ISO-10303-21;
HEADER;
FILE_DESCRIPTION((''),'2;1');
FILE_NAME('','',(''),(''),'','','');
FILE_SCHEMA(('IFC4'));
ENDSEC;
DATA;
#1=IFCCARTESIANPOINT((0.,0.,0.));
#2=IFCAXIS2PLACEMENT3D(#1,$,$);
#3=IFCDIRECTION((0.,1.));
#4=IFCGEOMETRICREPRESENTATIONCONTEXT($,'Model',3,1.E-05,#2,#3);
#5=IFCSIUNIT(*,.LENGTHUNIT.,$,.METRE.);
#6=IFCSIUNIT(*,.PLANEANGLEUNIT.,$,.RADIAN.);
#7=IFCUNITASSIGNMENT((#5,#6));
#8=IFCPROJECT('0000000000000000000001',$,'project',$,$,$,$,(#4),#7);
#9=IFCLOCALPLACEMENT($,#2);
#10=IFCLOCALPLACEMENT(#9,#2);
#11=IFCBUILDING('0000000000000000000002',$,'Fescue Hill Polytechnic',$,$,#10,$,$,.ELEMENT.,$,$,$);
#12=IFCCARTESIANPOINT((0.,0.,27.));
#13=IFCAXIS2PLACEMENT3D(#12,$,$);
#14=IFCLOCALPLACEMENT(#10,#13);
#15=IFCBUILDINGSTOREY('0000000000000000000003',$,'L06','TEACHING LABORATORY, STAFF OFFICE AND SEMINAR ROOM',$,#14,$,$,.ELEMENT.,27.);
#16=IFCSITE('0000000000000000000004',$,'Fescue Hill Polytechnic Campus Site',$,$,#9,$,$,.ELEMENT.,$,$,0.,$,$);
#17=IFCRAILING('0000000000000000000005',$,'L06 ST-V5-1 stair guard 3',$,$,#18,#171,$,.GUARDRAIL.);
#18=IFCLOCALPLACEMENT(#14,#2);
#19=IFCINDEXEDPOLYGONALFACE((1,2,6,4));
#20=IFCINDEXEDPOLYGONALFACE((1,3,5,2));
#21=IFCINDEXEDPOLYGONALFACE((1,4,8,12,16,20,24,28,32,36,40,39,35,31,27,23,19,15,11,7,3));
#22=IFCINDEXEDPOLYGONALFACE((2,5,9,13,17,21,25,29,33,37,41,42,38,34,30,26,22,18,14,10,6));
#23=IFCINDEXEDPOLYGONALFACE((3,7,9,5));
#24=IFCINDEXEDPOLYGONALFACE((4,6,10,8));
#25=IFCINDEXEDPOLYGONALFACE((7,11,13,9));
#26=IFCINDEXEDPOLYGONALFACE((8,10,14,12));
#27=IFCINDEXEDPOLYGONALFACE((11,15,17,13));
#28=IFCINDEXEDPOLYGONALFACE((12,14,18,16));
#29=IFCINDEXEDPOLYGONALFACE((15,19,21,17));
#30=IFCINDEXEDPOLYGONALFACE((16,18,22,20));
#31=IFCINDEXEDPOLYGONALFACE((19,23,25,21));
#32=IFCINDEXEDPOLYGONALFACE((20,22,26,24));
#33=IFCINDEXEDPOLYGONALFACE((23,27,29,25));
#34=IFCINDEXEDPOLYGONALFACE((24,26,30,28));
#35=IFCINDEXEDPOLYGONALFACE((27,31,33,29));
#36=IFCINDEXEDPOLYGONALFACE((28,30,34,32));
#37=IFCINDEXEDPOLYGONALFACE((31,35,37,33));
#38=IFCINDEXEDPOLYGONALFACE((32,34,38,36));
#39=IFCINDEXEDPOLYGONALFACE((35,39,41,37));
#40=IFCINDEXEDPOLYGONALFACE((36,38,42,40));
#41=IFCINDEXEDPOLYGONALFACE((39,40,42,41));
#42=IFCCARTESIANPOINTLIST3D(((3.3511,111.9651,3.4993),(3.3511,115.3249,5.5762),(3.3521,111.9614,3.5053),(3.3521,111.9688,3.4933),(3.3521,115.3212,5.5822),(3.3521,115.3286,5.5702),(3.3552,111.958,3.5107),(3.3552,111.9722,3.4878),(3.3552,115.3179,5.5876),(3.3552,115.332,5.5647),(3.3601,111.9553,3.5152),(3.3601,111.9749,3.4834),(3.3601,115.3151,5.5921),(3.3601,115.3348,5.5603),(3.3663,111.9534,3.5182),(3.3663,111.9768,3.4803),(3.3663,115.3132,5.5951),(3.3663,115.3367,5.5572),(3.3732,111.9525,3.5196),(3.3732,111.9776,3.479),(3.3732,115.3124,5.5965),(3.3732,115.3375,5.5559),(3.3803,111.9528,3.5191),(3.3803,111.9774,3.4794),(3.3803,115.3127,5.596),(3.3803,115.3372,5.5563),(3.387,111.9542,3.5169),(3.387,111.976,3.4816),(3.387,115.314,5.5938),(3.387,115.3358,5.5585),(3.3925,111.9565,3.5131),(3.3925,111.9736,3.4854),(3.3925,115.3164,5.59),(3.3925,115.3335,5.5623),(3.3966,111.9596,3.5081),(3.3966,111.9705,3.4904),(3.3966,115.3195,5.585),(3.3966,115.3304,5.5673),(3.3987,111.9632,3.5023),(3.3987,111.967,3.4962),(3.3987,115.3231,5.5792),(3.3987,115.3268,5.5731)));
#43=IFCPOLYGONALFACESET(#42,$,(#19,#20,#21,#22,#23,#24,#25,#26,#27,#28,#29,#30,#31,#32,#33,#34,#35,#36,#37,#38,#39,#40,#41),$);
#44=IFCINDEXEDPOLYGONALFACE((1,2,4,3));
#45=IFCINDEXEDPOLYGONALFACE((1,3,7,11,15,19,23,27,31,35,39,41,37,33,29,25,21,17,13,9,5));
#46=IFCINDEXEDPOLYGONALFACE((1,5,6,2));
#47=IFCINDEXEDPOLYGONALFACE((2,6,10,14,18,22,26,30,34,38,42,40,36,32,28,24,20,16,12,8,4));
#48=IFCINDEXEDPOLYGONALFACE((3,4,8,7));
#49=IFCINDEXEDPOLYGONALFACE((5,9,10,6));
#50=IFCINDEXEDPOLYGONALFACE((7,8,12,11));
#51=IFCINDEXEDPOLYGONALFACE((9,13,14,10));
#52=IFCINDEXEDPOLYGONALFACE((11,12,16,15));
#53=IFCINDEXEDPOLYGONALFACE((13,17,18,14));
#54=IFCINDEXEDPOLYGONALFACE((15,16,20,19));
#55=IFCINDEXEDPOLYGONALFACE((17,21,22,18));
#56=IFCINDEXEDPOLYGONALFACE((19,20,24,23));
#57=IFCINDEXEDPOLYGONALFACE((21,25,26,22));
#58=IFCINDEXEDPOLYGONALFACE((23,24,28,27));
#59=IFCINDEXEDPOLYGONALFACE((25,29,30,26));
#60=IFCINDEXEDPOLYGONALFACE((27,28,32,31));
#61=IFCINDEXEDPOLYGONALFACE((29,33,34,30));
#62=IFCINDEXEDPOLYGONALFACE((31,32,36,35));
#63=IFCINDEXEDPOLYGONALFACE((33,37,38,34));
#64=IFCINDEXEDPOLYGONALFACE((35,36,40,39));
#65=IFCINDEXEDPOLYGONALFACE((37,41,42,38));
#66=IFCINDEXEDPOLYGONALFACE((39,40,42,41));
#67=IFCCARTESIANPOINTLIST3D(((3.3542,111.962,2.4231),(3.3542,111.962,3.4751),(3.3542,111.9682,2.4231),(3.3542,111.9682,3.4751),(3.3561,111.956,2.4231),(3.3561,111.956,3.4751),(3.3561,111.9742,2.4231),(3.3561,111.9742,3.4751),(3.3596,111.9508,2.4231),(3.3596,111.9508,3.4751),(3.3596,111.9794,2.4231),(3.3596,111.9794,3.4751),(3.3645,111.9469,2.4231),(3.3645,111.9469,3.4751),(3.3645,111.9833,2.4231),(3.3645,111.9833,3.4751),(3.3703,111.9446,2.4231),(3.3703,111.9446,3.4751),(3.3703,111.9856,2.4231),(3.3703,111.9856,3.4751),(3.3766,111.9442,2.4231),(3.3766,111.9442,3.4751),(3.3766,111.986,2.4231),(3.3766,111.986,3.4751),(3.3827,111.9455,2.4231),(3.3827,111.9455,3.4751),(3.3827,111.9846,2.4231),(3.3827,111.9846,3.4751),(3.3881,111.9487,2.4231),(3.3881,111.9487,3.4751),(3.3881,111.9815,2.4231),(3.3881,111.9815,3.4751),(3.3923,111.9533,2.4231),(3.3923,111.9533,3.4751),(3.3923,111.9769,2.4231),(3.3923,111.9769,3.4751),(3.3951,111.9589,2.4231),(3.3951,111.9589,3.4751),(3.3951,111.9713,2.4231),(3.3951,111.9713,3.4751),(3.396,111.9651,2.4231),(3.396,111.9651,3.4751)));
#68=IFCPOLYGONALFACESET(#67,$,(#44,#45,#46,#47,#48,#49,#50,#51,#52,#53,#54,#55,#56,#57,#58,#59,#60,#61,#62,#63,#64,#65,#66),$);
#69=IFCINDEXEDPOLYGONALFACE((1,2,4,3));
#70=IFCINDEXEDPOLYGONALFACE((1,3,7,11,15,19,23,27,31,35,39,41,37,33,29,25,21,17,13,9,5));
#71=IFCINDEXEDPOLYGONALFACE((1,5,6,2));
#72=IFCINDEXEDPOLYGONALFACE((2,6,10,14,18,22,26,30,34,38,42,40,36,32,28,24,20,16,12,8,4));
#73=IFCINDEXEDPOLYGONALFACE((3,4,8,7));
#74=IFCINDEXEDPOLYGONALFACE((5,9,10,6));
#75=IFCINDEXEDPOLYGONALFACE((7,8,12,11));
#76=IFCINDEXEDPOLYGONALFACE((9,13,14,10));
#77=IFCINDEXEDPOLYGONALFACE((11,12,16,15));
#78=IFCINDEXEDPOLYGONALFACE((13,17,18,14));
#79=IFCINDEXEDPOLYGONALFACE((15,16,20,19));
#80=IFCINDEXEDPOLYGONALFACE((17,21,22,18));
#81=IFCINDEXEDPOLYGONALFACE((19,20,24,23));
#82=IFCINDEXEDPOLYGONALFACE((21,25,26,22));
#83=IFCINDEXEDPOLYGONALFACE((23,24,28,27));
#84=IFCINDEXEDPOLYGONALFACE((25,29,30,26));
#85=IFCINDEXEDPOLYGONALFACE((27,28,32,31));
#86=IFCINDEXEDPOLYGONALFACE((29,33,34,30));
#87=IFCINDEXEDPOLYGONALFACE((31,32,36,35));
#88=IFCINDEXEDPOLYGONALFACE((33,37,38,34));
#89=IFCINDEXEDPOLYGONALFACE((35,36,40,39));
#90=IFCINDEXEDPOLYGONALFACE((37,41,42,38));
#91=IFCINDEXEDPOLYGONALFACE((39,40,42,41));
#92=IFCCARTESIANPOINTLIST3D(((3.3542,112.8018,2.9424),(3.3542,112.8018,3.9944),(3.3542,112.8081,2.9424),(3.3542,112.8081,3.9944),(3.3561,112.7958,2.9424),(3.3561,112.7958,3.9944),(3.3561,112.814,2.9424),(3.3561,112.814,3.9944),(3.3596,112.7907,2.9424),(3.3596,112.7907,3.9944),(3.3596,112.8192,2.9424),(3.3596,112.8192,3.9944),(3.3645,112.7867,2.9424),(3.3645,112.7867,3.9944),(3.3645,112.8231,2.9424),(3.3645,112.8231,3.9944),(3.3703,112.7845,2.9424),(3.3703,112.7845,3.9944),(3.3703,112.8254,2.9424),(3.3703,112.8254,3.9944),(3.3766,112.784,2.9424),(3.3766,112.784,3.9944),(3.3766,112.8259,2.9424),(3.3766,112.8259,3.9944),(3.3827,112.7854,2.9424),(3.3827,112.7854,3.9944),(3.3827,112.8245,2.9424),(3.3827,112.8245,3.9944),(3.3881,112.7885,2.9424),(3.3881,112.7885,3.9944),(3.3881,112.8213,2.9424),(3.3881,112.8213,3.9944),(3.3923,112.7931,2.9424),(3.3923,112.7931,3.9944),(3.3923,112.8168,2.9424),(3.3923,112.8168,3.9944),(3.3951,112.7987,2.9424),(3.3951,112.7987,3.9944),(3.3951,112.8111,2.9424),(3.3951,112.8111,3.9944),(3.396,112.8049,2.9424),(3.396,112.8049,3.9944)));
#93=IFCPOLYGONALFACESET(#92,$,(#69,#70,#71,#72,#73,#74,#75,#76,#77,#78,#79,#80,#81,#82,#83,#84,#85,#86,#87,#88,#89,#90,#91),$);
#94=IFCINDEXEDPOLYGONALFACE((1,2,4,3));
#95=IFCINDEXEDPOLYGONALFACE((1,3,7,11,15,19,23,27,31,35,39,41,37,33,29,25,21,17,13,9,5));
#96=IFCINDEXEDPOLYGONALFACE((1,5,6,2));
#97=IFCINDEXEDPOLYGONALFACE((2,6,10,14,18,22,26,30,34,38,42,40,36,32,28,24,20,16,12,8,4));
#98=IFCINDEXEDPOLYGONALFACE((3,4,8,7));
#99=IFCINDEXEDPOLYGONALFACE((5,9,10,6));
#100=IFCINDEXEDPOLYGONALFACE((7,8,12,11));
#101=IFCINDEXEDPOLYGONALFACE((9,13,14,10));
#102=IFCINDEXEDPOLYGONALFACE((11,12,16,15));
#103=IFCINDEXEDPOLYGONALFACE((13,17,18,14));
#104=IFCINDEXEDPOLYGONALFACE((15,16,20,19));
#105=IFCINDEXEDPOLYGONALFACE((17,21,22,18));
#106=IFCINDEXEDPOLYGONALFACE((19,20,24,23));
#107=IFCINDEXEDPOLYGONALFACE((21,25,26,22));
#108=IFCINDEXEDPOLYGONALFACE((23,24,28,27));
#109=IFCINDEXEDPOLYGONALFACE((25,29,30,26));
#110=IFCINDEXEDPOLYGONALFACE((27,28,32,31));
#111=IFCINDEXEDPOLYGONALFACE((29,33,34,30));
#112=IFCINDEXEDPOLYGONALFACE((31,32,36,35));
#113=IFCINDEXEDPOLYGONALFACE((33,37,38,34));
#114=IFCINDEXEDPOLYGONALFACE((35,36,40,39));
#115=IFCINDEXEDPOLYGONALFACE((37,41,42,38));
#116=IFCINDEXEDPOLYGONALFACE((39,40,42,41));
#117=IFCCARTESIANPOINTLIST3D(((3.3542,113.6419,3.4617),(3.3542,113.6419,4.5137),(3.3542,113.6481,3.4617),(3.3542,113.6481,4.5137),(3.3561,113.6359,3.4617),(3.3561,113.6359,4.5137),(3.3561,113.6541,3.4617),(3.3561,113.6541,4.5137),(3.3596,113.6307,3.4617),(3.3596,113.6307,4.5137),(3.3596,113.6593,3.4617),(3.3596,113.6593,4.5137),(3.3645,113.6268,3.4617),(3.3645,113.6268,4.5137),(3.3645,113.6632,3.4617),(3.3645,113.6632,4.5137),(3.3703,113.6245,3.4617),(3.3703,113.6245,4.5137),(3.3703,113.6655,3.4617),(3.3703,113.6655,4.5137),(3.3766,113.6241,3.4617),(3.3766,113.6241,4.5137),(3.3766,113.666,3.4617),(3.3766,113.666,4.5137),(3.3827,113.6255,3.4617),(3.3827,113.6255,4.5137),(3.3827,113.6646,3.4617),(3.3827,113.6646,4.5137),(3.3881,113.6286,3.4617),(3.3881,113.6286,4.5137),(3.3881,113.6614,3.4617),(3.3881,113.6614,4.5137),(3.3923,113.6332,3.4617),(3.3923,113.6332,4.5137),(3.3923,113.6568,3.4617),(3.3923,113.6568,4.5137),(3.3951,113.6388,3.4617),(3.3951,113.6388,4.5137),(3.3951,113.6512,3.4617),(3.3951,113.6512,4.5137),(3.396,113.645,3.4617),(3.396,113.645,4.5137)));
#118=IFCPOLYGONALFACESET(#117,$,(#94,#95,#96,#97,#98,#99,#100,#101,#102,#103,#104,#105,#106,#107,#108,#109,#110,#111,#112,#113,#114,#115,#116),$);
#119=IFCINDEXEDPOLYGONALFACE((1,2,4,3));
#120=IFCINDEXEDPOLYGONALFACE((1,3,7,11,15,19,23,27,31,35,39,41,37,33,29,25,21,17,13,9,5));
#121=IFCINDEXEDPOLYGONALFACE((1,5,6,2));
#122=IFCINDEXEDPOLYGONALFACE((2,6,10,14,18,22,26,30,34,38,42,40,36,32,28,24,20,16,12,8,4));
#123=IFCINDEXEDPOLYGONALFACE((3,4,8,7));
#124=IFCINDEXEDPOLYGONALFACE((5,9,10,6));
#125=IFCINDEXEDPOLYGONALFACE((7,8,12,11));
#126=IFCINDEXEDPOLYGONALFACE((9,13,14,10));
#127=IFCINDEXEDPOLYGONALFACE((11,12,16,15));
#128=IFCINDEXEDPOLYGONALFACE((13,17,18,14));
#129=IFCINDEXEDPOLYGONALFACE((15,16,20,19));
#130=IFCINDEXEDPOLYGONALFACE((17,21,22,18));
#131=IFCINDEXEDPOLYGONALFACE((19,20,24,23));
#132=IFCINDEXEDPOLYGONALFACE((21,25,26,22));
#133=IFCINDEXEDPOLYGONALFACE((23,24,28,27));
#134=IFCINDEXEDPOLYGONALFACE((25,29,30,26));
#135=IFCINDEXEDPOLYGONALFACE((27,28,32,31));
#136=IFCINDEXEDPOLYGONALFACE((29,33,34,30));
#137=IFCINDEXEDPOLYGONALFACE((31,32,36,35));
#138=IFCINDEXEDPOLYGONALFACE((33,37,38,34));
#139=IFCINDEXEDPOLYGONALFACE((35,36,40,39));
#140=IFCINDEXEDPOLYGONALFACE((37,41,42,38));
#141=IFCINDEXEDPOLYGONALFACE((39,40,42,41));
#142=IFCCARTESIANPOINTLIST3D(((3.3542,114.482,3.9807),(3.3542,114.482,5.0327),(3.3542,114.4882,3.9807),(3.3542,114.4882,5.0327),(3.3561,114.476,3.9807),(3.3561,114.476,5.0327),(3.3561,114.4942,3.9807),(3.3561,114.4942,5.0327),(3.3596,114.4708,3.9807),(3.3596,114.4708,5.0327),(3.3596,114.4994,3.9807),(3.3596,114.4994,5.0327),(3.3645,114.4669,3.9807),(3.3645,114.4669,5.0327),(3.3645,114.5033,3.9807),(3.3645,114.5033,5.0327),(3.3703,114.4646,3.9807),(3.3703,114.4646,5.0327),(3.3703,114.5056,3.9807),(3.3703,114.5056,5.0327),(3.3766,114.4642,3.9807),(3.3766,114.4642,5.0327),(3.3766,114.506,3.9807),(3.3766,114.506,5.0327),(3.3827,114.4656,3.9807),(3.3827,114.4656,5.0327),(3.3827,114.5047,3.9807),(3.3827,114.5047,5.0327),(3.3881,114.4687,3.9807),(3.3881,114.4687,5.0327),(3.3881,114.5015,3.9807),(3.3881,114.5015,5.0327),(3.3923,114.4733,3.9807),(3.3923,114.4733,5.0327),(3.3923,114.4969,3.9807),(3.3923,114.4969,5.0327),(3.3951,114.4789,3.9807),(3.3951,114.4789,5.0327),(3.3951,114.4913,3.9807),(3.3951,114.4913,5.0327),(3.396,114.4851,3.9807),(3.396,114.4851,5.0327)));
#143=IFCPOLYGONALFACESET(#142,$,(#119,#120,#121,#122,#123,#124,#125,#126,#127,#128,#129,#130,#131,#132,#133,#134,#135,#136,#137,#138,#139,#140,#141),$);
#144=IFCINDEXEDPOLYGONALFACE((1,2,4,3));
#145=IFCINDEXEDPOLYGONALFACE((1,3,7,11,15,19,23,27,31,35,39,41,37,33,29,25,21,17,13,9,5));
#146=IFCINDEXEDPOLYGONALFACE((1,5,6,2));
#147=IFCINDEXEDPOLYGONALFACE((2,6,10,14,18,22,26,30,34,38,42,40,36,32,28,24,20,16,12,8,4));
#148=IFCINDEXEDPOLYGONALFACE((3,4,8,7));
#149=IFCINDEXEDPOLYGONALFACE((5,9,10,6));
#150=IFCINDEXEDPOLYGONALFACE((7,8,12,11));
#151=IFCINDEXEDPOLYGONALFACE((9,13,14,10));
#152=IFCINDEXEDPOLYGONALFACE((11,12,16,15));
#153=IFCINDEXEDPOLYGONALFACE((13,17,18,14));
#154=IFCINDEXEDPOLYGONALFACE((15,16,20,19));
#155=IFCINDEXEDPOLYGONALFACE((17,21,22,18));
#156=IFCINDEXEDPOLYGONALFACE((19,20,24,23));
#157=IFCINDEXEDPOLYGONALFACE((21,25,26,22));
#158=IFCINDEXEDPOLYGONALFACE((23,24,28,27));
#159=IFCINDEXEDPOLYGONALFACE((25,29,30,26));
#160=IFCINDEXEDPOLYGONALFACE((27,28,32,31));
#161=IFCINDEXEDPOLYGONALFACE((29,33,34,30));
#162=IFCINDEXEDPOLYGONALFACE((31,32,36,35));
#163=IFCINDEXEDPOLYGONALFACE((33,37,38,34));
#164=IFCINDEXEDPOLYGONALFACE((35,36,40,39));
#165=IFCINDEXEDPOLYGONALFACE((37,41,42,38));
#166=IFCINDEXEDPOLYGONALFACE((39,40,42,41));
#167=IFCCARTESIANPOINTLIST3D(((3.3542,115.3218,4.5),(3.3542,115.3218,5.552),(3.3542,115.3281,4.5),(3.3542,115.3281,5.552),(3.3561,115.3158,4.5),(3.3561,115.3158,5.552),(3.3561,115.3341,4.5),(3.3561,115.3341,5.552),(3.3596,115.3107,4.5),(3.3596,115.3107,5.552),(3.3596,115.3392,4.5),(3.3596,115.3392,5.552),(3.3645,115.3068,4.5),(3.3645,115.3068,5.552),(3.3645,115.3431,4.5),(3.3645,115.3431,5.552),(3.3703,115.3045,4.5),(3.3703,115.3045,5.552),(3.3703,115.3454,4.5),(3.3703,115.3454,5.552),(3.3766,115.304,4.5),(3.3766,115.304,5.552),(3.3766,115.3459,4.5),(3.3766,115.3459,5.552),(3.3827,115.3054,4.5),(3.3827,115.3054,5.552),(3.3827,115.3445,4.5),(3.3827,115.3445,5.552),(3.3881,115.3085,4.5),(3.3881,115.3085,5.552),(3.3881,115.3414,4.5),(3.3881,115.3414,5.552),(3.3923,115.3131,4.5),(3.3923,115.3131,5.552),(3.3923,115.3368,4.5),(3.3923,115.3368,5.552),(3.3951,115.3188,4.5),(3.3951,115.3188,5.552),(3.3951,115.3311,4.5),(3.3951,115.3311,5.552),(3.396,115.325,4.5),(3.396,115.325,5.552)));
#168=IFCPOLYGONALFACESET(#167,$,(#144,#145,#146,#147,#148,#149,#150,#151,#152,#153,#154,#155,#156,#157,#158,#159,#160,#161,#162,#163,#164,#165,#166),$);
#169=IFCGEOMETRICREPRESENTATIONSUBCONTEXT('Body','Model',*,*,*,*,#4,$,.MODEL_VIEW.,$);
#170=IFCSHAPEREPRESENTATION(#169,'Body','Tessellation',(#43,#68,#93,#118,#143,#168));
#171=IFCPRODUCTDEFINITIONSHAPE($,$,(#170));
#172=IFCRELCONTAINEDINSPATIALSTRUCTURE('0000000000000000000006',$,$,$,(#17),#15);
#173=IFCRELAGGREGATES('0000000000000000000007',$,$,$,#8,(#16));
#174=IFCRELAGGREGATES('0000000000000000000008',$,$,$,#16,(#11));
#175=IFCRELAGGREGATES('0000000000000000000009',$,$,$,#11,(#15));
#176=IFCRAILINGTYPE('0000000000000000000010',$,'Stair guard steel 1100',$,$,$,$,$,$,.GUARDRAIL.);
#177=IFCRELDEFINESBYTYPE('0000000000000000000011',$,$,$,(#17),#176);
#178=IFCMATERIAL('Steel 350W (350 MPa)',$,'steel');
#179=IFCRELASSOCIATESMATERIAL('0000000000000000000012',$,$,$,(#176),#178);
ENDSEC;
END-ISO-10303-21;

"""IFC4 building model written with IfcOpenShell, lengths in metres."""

from ifc_helpers import new_model, si_unit, direction, frame, origin, origin_2d, place, context, subcontext, project, spatial, circle, extrude, material, type_object, element, save


model = new_model("IFC4")

# Units and contexts
model_context = context("Model", 3, precision=1e-05, world=origin(), true_north=direction((0.0, 1.0)))
body_context = subcontext(model_context, "Body", "Model", "MODEL_VIEW")
ifc_project = project(units=[si_unit("LENGTHUNIT", "METRE"), si_unit("PLANEANGLEUNIT", "RADIAN")], contexts=[model_context])

# Site, building, storey
site_placement = place(None, origin())
site = spatial("IfcSite", under=ifc_project, at=site_placement, Name="Fescue Hill Polytechnic Campus Site", CompositionType="ELEMENT", RefElevation=0.0)
building_placement = place(site_placement, origin())
building = spatial("IfcBuilding", under=site, at=building_placement, Name="Fescue Hill Polytechnic", CompositionType="ELEMENT")
storey_placement = place(building_placement, frame((0.0, 0.0, 27.0)))
storey = spatial("IfcBuildingStorey", under=building, at=storey_placement, Name="L06", Description="TEACHING LABORATORY, STAFF OFFICE AND SEMINAR ROOM", CompositionType="ELEMENT", Elevation=27.0)

# Railing
ifc_material_1 = material(Name="Steel 350W (350 MPa)", Category="steel")
railing_type_1 = type_object("IfcRailingType", Name="Stair guard steel 1100", PredefinedType="GUARDRAIL", material=ifc_material_1)
railing_1_placement = place(storey_placement, frame((3.375, 111.9651, 2.4231)))
element("IfcRailing", 1, at=railing_1_placement, inside=storey, type_object=railing_type_1, Name="L06 ST-V5-1 stair guard 3", PredefinedType="GUARDRAIL", context=body_context, shape_type="SweptSolid", body=[
    extrude(circle(Radius=0.0239, at=origin_2d()), frame((0.0, 0.0, 1.0762), z_axis=(0.0, 0.850606, 0.525803), x_axis=(-1.0, 0.0, 0.0)), (0.0, 0.0, 1.0), 3.95),
    extrude(circle(Radius=0.021, at=origin_2d()), origin(), (0.0, 0.0, 1.0), 1.052),
    extrude(circle(Radius=0.021, at=origin_2d()), frame((0.0, 0.8398, 0.5193)), (0.0, 0.0, 1.0), 1.052),
    extrude(circle(Radius=0.021, at=origin_2d()), frame((0.0, 1.6799, 1.0386)), (0.0, 0.0, 1.0), 1.052),
    extrude(circle(Radius=0.021, at=origin_2d()), frame((0.0, 2.52, 1.5576)), (0.0, 0.0, 1.0), 1.052),
    extrude(circle(Radius=0.021, at=origin_2d()), frame((0.0, 3.3599, 2.0769)), (0.0, 0.0, 1.0), 1.052),
])

save(model, "model.ifc")
